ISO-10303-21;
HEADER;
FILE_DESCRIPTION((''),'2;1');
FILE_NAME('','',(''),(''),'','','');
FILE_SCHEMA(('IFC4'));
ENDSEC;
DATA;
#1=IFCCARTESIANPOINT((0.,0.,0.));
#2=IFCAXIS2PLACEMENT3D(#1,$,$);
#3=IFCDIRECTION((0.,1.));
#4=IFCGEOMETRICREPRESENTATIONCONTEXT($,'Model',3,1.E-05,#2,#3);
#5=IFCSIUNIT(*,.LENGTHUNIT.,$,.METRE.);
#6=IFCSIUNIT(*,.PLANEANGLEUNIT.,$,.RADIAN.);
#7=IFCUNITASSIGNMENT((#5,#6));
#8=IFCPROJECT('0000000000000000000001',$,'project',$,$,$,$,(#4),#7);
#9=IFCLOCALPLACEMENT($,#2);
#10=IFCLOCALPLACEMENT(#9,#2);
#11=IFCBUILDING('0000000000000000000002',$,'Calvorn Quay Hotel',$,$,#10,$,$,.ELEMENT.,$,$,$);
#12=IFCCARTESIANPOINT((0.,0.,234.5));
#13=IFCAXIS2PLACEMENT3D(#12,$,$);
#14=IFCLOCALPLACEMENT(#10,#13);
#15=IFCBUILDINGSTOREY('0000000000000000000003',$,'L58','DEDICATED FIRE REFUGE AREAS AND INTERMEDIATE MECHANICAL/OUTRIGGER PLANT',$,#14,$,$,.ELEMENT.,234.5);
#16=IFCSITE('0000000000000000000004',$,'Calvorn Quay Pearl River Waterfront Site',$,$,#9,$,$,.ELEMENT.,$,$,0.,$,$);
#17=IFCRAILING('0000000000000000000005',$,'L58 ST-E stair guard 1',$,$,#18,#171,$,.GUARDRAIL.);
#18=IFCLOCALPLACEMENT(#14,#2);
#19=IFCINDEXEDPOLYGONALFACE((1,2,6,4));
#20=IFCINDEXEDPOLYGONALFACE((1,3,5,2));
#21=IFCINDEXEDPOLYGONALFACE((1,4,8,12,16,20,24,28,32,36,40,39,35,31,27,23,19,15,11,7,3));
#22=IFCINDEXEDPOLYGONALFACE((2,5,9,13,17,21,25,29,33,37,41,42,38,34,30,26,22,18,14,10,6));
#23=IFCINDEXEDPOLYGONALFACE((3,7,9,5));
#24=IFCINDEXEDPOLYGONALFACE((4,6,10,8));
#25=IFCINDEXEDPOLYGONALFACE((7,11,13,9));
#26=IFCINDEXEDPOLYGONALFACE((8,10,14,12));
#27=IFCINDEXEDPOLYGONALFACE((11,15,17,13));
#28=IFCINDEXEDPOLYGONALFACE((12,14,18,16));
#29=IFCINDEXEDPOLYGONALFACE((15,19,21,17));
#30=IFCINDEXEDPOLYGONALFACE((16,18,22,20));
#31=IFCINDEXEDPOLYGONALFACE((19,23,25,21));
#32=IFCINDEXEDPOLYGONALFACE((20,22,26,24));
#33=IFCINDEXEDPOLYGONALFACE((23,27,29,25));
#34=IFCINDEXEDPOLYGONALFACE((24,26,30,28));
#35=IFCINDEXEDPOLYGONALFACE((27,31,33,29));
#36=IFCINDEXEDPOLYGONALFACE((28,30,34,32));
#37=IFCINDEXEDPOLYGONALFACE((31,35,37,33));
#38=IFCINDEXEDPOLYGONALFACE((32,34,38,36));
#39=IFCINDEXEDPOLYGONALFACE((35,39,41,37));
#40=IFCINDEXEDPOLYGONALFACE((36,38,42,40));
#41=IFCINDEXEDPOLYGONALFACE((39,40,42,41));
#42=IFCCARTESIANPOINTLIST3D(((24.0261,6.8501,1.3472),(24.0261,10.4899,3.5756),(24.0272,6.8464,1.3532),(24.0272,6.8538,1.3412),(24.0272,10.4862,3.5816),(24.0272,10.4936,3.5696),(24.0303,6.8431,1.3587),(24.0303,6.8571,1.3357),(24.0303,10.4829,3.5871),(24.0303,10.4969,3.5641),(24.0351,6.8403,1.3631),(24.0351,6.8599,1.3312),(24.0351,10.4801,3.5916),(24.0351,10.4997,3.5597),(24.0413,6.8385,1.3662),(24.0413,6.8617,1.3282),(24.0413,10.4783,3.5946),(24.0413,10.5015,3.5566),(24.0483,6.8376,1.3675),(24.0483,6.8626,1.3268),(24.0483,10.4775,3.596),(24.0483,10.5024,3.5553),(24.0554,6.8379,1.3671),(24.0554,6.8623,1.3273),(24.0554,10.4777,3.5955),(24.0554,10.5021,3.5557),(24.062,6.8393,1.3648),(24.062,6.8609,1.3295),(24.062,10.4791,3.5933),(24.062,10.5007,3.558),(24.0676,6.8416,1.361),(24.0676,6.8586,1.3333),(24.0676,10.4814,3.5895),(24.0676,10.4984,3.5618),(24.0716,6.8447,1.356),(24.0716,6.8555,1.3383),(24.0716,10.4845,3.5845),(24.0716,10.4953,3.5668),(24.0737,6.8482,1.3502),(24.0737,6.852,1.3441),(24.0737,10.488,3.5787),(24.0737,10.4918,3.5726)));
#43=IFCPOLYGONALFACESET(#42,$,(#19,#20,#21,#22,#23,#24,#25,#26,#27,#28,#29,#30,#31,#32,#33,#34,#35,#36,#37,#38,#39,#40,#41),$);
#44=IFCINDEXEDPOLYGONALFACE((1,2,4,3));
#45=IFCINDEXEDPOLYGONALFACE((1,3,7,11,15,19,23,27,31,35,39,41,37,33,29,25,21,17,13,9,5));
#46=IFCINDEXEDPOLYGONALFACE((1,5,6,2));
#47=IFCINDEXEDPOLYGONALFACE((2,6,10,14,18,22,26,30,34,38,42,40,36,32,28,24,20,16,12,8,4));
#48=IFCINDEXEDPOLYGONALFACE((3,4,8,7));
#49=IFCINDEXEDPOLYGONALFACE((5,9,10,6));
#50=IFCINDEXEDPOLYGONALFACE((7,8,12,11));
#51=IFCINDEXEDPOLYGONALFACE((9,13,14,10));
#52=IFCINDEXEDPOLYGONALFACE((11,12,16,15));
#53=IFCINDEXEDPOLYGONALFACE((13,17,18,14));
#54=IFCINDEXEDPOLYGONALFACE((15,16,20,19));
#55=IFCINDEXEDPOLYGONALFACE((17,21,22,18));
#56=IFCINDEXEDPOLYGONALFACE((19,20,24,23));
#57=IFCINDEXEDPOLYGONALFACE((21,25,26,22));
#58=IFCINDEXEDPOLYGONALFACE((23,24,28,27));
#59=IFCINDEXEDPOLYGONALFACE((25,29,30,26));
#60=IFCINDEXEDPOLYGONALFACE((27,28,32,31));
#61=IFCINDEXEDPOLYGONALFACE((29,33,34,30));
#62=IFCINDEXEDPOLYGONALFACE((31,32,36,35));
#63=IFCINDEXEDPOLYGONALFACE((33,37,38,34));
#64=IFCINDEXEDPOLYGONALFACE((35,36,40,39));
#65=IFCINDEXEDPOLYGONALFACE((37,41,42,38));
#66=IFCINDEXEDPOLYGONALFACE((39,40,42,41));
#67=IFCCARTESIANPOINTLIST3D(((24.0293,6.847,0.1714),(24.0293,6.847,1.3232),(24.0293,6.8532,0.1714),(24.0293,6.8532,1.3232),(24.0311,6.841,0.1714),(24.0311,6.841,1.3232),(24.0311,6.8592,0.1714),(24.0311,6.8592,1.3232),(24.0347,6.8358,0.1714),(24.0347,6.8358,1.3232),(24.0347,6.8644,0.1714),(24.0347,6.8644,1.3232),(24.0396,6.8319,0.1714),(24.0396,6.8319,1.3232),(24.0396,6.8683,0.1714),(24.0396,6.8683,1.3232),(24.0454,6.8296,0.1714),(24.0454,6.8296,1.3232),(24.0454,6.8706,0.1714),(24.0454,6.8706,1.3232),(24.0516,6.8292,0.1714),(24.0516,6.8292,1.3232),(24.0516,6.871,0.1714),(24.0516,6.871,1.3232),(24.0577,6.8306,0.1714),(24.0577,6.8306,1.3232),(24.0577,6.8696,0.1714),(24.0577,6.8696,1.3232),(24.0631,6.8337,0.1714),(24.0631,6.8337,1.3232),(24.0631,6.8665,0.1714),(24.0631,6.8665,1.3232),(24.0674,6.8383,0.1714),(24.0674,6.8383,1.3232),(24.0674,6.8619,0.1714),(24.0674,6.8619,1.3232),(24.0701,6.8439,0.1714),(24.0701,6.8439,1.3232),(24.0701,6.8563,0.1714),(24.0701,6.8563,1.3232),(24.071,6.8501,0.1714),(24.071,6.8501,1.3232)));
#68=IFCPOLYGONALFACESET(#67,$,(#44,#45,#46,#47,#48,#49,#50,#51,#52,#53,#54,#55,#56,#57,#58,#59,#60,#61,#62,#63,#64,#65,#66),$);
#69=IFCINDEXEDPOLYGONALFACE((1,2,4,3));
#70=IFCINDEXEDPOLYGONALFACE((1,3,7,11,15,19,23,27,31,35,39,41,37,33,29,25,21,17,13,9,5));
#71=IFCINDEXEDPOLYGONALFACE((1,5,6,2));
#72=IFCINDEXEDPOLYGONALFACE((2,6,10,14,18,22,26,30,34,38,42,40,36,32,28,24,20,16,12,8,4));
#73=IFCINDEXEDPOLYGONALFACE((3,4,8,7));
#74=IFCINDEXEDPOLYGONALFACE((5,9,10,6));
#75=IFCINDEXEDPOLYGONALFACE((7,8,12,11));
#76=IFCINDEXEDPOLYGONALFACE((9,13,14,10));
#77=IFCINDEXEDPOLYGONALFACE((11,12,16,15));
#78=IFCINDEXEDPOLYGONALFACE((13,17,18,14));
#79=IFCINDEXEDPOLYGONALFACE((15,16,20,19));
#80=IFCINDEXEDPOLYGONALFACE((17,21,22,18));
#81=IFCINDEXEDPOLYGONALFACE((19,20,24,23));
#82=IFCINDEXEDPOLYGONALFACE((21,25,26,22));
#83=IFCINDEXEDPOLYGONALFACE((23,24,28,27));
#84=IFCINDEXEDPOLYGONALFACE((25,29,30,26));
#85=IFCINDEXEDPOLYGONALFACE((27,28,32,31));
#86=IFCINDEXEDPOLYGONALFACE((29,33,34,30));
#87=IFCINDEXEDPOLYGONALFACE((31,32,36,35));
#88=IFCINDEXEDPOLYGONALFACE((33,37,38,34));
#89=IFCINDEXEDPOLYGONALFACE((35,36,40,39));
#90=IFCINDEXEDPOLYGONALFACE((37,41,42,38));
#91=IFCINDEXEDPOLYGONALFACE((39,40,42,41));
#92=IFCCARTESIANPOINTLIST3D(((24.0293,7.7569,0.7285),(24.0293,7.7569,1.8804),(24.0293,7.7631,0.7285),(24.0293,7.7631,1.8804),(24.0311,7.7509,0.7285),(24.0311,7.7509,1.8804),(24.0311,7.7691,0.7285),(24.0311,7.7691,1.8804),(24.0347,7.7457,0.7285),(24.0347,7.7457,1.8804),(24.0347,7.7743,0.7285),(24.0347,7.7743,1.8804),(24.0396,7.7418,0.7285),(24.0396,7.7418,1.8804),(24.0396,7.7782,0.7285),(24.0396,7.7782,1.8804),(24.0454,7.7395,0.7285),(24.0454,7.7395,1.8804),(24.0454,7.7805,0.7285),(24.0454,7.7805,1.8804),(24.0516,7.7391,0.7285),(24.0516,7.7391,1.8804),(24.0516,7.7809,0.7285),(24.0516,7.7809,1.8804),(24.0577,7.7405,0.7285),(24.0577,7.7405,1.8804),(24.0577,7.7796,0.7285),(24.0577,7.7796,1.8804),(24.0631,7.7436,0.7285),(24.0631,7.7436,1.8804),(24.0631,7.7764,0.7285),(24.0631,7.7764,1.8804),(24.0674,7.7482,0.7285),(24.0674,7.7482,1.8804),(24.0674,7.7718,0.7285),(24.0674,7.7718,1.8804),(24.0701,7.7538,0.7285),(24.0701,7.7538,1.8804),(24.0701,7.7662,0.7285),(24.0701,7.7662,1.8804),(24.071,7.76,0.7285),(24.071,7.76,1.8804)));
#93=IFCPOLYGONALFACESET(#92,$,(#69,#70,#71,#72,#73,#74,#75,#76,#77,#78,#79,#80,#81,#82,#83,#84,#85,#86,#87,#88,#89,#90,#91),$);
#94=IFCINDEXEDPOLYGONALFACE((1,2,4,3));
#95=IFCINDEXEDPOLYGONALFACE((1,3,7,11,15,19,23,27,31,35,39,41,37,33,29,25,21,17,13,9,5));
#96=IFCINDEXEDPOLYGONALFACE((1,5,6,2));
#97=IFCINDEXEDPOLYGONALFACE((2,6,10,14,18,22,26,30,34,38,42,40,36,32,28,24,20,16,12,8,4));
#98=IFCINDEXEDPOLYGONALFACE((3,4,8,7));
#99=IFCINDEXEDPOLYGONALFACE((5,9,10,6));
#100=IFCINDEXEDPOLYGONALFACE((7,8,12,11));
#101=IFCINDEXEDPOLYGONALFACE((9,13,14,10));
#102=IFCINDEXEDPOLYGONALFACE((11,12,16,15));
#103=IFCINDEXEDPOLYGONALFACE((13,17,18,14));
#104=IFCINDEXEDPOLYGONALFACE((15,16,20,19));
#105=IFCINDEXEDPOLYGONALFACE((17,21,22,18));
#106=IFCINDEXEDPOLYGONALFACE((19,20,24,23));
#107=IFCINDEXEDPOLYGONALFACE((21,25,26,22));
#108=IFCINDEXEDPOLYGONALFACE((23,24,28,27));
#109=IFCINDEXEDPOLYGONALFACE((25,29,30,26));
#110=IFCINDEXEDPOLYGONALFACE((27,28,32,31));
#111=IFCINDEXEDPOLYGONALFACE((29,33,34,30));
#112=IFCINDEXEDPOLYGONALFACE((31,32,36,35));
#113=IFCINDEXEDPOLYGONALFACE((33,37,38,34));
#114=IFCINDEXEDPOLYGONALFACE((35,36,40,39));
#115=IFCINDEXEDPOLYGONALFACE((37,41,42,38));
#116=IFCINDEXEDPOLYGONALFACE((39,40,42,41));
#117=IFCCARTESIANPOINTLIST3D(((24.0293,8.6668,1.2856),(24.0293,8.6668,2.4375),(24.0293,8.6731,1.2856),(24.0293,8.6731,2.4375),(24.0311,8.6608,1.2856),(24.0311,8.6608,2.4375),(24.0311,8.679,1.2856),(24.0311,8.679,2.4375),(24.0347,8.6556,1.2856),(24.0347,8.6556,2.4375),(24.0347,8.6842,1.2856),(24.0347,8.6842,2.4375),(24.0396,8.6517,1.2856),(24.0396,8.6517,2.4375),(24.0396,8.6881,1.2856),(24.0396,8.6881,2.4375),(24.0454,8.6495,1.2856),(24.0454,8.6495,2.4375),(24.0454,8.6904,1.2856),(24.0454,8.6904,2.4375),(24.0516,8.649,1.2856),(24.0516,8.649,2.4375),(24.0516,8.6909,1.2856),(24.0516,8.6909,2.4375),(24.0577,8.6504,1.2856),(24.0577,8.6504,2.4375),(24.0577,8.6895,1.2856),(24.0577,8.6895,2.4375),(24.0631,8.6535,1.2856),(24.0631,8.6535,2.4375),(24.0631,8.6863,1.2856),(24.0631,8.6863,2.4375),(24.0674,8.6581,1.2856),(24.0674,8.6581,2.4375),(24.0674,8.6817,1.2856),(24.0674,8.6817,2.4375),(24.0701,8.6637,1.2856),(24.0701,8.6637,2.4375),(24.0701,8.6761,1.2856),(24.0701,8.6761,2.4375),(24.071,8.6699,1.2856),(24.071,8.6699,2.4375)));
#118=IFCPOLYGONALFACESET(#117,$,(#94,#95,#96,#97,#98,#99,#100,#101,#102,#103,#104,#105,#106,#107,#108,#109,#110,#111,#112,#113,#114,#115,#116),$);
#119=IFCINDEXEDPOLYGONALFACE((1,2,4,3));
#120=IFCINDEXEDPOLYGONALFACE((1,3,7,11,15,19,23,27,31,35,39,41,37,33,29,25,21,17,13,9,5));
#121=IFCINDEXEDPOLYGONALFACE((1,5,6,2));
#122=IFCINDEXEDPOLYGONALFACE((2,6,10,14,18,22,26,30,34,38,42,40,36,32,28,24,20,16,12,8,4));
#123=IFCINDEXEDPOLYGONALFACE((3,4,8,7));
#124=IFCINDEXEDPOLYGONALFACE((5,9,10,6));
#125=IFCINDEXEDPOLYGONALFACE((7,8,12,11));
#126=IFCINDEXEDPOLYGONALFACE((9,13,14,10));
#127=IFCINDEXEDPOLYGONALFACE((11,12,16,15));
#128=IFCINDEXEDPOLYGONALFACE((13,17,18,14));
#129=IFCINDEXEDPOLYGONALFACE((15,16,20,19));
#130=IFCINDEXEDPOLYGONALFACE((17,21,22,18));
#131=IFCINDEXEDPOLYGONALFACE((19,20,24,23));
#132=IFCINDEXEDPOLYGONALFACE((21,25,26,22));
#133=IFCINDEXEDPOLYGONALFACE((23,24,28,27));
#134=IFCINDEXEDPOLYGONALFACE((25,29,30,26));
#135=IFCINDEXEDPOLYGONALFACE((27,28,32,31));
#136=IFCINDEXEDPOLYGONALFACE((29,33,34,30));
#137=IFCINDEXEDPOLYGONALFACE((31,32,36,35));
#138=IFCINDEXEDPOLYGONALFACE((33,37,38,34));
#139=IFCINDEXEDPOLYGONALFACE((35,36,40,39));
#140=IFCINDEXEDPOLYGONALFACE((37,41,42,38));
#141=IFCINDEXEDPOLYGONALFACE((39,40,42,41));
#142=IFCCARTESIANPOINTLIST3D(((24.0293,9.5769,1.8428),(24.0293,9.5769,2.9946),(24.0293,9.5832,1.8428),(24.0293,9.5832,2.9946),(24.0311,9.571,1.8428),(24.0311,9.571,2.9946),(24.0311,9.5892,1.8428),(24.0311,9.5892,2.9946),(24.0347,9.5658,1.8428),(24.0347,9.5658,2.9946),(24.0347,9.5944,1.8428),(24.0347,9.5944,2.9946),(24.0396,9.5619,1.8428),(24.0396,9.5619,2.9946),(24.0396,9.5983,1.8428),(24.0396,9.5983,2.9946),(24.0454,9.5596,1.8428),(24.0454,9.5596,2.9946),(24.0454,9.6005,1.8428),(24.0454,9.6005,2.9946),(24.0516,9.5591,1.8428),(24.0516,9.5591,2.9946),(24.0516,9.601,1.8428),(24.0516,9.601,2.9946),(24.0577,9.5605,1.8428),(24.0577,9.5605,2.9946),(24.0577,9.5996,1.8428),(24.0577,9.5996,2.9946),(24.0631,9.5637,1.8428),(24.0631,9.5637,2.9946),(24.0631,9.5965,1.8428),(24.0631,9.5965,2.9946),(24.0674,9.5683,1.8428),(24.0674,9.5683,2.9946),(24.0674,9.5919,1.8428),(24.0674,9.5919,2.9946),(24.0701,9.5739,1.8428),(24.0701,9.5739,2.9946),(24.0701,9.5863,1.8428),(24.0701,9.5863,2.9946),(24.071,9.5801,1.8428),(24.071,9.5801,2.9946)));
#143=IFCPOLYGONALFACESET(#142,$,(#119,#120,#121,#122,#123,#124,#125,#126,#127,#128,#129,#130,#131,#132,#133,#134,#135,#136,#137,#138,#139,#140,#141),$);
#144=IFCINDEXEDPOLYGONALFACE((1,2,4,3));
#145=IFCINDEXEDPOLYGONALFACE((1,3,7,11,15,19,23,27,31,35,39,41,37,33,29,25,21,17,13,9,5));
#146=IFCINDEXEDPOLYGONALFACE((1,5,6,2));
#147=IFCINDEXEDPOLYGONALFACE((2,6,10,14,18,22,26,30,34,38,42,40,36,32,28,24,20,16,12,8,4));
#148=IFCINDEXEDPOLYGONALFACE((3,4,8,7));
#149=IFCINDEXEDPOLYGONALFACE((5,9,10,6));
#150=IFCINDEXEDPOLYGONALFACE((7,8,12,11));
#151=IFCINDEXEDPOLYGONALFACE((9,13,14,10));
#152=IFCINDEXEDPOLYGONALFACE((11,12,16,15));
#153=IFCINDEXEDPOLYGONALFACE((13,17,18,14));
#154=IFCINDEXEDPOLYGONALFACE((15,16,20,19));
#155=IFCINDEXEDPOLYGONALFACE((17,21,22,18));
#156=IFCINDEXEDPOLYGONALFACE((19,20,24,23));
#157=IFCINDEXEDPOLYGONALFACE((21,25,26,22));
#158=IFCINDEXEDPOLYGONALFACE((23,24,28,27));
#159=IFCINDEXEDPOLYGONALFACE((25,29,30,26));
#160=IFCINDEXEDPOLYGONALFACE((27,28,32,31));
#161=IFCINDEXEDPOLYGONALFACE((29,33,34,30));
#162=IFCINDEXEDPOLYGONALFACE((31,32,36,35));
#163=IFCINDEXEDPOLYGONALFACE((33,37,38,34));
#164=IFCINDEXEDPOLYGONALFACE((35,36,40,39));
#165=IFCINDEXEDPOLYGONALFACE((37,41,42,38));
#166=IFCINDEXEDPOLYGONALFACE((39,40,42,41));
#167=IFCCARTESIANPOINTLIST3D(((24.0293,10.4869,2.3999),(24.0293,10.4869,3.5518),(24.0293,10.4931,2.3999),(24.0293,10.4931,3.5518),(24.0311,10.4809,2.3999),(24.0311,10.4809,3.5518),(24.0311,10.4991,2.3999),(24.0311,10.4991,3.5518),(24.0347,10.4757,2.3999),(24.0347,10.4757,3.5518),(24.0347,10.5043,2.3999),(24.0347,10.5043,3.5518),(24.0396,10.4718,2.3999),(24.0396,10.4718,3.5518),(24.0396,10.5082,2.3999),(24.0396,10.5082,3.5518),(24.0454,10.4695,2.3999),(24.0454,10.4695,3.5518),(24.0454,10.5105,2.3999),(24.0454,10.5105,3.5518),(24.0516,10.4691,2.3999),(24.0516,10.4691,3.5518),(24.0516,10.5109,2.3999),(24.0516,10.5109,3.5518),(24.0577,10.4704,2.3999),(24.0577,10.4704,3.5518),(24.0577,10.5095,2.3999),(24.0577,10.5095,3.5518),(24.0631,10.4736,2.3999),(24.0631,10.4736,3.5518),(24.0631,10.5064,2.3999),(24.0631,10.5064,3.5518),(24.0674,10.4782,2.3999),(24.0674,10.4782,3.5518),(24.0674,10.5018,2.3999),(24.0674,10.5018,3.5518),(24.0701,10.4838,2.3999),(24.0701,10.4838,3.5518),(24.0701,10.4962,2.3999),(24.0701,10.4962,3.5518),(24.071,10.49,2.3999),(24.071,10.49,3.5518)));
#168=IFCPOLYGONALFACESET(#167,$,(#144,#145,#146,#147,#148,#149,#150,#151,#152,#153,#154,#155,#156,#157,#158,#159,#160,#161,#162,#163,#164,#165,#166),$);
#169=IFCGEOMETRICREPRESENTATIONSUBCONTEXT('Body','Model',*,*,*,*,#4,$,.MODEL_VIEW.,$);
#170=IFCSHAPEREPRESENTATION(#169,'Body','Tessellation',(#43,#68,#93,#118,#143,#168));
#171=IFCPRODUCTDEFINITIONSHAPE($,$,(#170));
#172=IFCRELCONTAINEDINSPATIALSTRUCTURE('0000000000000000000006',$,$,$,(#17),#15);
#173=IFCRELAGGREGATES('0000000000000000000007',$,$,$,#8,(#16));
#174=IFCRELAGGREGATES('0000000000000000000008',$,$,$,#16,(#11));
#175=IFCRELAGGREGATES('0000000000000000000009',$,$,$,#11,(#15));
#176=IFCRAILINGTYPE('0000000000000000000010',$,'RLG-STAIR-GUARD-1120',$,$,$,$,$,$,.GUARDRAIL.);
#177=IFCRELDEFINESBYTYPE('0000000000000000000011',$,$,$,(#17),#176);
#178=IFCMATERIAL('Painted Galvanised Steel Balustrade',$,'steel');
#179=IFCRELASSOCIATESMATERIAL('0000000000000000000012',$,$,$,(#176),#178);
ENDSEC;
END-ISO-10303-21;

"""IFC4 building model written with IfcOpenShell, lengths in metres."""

from ifc_helpers import new_model, si_unit, direction, frame, origin, origin_2d, place, context, subcontext, project, spatial, circle, extrude, material, type_object, element, save


model = new_model("IFC4")

# Units and contexts
model_context = context("Model", 3, precision=1e-05, world=origin(), true_north=direction((0.0, 1.0)))
body_context = subcontext(model_context, "Body", "Model", "MODEL_VIEW")
ifc_project = project(units=[si_unit("LENGTHUNIT", "METRE"), si_unit("PLANEANGLEUNIT", "RADIAN")], contexts=[model_context])

# Site, building, storey
site_placement = place(None, origin())
site = spatial("IfcSite", under=ifc_project, at=site_placement, Name="Calvorn Quay Pearl River Waterfront Site", CompositionType="ELEMENT", RefElevation=0.0)
building_placement = place(site_placement, origin())
building = spatial("IfcBuilding", under=site, at=building_placement, Name="Calvorn Quay Hotel", CompositionType="ELEMENT")
storey_placement = place(building_placement, frame((0.0, 0.0, 234.5)))
storey = spatial("IfcBuildingStorey", under=building, at=storey_placement, Name="L58", Description="DEDICATED FIRE REFUGE AREAS AND INTERMEDIATE MECHANICAL/OUTRIGGER PLANT", CompositionType="ELEMENT", Elevation=234.5)

# Railing
ifc_material_1 = material(Name="Painted Galvanised Steel Balustrade", Category="steel")
railing_type_1 = type_object("IfcRailingType", Name="RLG-STAIR-GUARD-1120", PredefinedType="GUARDRAIL", material=ifc_material_1)
railing_1_placement = place(storey_placement, frame((24.05, 6.8501, 0.1714)))
element("IfcRailing", 1, at=railing_1_placement, inside=storey, type_object=railing_type_1, Name="L58 ST-E stair guard 1", PredefinedType="GUARDRAIL", context=body_context, shape_type="SweptSolid", body=[
    extrude(circle(Radius=0.0239, at=origin_2d()), frame((0.0, 0.0, 1.1758), z_axis=(0.0, 0.85285, 0.522156), x_axis=(-1.0, 0.0, 0.0)), (0.0, 0.0, 1.0), 4.2678),
    extrude(circle(Radius=0.021, at=origin_2d()), origin(), (0.0, 0.0, 1.0), 1.1519),
    extrude(circle(Radius=0.021, at=origin_2d()), frame((0.0, 0.9099, 0.5571)), (0.0, 0.0, 1.0), 1.1519),
    extrude(circle(Radius=0.021, at=origin_2d()), frame((0.0, 1.8198, 1.1143)), (0.0, 0.0, 1.0), 1.1519),
    extrude(circle(Radius=0.021, at=origin_2d()), frame((0.0, 2.73, 1.6714)), (0.0, 0.0, 1.0), 1.1519),
    extrude(circle(Radius=0.021, at=origin_2d()), frame((0.0, 3.6399, 2.2285)), (0.0, 0.0, 1.0), 1.1519),
])

save(model, "model.ifc")
